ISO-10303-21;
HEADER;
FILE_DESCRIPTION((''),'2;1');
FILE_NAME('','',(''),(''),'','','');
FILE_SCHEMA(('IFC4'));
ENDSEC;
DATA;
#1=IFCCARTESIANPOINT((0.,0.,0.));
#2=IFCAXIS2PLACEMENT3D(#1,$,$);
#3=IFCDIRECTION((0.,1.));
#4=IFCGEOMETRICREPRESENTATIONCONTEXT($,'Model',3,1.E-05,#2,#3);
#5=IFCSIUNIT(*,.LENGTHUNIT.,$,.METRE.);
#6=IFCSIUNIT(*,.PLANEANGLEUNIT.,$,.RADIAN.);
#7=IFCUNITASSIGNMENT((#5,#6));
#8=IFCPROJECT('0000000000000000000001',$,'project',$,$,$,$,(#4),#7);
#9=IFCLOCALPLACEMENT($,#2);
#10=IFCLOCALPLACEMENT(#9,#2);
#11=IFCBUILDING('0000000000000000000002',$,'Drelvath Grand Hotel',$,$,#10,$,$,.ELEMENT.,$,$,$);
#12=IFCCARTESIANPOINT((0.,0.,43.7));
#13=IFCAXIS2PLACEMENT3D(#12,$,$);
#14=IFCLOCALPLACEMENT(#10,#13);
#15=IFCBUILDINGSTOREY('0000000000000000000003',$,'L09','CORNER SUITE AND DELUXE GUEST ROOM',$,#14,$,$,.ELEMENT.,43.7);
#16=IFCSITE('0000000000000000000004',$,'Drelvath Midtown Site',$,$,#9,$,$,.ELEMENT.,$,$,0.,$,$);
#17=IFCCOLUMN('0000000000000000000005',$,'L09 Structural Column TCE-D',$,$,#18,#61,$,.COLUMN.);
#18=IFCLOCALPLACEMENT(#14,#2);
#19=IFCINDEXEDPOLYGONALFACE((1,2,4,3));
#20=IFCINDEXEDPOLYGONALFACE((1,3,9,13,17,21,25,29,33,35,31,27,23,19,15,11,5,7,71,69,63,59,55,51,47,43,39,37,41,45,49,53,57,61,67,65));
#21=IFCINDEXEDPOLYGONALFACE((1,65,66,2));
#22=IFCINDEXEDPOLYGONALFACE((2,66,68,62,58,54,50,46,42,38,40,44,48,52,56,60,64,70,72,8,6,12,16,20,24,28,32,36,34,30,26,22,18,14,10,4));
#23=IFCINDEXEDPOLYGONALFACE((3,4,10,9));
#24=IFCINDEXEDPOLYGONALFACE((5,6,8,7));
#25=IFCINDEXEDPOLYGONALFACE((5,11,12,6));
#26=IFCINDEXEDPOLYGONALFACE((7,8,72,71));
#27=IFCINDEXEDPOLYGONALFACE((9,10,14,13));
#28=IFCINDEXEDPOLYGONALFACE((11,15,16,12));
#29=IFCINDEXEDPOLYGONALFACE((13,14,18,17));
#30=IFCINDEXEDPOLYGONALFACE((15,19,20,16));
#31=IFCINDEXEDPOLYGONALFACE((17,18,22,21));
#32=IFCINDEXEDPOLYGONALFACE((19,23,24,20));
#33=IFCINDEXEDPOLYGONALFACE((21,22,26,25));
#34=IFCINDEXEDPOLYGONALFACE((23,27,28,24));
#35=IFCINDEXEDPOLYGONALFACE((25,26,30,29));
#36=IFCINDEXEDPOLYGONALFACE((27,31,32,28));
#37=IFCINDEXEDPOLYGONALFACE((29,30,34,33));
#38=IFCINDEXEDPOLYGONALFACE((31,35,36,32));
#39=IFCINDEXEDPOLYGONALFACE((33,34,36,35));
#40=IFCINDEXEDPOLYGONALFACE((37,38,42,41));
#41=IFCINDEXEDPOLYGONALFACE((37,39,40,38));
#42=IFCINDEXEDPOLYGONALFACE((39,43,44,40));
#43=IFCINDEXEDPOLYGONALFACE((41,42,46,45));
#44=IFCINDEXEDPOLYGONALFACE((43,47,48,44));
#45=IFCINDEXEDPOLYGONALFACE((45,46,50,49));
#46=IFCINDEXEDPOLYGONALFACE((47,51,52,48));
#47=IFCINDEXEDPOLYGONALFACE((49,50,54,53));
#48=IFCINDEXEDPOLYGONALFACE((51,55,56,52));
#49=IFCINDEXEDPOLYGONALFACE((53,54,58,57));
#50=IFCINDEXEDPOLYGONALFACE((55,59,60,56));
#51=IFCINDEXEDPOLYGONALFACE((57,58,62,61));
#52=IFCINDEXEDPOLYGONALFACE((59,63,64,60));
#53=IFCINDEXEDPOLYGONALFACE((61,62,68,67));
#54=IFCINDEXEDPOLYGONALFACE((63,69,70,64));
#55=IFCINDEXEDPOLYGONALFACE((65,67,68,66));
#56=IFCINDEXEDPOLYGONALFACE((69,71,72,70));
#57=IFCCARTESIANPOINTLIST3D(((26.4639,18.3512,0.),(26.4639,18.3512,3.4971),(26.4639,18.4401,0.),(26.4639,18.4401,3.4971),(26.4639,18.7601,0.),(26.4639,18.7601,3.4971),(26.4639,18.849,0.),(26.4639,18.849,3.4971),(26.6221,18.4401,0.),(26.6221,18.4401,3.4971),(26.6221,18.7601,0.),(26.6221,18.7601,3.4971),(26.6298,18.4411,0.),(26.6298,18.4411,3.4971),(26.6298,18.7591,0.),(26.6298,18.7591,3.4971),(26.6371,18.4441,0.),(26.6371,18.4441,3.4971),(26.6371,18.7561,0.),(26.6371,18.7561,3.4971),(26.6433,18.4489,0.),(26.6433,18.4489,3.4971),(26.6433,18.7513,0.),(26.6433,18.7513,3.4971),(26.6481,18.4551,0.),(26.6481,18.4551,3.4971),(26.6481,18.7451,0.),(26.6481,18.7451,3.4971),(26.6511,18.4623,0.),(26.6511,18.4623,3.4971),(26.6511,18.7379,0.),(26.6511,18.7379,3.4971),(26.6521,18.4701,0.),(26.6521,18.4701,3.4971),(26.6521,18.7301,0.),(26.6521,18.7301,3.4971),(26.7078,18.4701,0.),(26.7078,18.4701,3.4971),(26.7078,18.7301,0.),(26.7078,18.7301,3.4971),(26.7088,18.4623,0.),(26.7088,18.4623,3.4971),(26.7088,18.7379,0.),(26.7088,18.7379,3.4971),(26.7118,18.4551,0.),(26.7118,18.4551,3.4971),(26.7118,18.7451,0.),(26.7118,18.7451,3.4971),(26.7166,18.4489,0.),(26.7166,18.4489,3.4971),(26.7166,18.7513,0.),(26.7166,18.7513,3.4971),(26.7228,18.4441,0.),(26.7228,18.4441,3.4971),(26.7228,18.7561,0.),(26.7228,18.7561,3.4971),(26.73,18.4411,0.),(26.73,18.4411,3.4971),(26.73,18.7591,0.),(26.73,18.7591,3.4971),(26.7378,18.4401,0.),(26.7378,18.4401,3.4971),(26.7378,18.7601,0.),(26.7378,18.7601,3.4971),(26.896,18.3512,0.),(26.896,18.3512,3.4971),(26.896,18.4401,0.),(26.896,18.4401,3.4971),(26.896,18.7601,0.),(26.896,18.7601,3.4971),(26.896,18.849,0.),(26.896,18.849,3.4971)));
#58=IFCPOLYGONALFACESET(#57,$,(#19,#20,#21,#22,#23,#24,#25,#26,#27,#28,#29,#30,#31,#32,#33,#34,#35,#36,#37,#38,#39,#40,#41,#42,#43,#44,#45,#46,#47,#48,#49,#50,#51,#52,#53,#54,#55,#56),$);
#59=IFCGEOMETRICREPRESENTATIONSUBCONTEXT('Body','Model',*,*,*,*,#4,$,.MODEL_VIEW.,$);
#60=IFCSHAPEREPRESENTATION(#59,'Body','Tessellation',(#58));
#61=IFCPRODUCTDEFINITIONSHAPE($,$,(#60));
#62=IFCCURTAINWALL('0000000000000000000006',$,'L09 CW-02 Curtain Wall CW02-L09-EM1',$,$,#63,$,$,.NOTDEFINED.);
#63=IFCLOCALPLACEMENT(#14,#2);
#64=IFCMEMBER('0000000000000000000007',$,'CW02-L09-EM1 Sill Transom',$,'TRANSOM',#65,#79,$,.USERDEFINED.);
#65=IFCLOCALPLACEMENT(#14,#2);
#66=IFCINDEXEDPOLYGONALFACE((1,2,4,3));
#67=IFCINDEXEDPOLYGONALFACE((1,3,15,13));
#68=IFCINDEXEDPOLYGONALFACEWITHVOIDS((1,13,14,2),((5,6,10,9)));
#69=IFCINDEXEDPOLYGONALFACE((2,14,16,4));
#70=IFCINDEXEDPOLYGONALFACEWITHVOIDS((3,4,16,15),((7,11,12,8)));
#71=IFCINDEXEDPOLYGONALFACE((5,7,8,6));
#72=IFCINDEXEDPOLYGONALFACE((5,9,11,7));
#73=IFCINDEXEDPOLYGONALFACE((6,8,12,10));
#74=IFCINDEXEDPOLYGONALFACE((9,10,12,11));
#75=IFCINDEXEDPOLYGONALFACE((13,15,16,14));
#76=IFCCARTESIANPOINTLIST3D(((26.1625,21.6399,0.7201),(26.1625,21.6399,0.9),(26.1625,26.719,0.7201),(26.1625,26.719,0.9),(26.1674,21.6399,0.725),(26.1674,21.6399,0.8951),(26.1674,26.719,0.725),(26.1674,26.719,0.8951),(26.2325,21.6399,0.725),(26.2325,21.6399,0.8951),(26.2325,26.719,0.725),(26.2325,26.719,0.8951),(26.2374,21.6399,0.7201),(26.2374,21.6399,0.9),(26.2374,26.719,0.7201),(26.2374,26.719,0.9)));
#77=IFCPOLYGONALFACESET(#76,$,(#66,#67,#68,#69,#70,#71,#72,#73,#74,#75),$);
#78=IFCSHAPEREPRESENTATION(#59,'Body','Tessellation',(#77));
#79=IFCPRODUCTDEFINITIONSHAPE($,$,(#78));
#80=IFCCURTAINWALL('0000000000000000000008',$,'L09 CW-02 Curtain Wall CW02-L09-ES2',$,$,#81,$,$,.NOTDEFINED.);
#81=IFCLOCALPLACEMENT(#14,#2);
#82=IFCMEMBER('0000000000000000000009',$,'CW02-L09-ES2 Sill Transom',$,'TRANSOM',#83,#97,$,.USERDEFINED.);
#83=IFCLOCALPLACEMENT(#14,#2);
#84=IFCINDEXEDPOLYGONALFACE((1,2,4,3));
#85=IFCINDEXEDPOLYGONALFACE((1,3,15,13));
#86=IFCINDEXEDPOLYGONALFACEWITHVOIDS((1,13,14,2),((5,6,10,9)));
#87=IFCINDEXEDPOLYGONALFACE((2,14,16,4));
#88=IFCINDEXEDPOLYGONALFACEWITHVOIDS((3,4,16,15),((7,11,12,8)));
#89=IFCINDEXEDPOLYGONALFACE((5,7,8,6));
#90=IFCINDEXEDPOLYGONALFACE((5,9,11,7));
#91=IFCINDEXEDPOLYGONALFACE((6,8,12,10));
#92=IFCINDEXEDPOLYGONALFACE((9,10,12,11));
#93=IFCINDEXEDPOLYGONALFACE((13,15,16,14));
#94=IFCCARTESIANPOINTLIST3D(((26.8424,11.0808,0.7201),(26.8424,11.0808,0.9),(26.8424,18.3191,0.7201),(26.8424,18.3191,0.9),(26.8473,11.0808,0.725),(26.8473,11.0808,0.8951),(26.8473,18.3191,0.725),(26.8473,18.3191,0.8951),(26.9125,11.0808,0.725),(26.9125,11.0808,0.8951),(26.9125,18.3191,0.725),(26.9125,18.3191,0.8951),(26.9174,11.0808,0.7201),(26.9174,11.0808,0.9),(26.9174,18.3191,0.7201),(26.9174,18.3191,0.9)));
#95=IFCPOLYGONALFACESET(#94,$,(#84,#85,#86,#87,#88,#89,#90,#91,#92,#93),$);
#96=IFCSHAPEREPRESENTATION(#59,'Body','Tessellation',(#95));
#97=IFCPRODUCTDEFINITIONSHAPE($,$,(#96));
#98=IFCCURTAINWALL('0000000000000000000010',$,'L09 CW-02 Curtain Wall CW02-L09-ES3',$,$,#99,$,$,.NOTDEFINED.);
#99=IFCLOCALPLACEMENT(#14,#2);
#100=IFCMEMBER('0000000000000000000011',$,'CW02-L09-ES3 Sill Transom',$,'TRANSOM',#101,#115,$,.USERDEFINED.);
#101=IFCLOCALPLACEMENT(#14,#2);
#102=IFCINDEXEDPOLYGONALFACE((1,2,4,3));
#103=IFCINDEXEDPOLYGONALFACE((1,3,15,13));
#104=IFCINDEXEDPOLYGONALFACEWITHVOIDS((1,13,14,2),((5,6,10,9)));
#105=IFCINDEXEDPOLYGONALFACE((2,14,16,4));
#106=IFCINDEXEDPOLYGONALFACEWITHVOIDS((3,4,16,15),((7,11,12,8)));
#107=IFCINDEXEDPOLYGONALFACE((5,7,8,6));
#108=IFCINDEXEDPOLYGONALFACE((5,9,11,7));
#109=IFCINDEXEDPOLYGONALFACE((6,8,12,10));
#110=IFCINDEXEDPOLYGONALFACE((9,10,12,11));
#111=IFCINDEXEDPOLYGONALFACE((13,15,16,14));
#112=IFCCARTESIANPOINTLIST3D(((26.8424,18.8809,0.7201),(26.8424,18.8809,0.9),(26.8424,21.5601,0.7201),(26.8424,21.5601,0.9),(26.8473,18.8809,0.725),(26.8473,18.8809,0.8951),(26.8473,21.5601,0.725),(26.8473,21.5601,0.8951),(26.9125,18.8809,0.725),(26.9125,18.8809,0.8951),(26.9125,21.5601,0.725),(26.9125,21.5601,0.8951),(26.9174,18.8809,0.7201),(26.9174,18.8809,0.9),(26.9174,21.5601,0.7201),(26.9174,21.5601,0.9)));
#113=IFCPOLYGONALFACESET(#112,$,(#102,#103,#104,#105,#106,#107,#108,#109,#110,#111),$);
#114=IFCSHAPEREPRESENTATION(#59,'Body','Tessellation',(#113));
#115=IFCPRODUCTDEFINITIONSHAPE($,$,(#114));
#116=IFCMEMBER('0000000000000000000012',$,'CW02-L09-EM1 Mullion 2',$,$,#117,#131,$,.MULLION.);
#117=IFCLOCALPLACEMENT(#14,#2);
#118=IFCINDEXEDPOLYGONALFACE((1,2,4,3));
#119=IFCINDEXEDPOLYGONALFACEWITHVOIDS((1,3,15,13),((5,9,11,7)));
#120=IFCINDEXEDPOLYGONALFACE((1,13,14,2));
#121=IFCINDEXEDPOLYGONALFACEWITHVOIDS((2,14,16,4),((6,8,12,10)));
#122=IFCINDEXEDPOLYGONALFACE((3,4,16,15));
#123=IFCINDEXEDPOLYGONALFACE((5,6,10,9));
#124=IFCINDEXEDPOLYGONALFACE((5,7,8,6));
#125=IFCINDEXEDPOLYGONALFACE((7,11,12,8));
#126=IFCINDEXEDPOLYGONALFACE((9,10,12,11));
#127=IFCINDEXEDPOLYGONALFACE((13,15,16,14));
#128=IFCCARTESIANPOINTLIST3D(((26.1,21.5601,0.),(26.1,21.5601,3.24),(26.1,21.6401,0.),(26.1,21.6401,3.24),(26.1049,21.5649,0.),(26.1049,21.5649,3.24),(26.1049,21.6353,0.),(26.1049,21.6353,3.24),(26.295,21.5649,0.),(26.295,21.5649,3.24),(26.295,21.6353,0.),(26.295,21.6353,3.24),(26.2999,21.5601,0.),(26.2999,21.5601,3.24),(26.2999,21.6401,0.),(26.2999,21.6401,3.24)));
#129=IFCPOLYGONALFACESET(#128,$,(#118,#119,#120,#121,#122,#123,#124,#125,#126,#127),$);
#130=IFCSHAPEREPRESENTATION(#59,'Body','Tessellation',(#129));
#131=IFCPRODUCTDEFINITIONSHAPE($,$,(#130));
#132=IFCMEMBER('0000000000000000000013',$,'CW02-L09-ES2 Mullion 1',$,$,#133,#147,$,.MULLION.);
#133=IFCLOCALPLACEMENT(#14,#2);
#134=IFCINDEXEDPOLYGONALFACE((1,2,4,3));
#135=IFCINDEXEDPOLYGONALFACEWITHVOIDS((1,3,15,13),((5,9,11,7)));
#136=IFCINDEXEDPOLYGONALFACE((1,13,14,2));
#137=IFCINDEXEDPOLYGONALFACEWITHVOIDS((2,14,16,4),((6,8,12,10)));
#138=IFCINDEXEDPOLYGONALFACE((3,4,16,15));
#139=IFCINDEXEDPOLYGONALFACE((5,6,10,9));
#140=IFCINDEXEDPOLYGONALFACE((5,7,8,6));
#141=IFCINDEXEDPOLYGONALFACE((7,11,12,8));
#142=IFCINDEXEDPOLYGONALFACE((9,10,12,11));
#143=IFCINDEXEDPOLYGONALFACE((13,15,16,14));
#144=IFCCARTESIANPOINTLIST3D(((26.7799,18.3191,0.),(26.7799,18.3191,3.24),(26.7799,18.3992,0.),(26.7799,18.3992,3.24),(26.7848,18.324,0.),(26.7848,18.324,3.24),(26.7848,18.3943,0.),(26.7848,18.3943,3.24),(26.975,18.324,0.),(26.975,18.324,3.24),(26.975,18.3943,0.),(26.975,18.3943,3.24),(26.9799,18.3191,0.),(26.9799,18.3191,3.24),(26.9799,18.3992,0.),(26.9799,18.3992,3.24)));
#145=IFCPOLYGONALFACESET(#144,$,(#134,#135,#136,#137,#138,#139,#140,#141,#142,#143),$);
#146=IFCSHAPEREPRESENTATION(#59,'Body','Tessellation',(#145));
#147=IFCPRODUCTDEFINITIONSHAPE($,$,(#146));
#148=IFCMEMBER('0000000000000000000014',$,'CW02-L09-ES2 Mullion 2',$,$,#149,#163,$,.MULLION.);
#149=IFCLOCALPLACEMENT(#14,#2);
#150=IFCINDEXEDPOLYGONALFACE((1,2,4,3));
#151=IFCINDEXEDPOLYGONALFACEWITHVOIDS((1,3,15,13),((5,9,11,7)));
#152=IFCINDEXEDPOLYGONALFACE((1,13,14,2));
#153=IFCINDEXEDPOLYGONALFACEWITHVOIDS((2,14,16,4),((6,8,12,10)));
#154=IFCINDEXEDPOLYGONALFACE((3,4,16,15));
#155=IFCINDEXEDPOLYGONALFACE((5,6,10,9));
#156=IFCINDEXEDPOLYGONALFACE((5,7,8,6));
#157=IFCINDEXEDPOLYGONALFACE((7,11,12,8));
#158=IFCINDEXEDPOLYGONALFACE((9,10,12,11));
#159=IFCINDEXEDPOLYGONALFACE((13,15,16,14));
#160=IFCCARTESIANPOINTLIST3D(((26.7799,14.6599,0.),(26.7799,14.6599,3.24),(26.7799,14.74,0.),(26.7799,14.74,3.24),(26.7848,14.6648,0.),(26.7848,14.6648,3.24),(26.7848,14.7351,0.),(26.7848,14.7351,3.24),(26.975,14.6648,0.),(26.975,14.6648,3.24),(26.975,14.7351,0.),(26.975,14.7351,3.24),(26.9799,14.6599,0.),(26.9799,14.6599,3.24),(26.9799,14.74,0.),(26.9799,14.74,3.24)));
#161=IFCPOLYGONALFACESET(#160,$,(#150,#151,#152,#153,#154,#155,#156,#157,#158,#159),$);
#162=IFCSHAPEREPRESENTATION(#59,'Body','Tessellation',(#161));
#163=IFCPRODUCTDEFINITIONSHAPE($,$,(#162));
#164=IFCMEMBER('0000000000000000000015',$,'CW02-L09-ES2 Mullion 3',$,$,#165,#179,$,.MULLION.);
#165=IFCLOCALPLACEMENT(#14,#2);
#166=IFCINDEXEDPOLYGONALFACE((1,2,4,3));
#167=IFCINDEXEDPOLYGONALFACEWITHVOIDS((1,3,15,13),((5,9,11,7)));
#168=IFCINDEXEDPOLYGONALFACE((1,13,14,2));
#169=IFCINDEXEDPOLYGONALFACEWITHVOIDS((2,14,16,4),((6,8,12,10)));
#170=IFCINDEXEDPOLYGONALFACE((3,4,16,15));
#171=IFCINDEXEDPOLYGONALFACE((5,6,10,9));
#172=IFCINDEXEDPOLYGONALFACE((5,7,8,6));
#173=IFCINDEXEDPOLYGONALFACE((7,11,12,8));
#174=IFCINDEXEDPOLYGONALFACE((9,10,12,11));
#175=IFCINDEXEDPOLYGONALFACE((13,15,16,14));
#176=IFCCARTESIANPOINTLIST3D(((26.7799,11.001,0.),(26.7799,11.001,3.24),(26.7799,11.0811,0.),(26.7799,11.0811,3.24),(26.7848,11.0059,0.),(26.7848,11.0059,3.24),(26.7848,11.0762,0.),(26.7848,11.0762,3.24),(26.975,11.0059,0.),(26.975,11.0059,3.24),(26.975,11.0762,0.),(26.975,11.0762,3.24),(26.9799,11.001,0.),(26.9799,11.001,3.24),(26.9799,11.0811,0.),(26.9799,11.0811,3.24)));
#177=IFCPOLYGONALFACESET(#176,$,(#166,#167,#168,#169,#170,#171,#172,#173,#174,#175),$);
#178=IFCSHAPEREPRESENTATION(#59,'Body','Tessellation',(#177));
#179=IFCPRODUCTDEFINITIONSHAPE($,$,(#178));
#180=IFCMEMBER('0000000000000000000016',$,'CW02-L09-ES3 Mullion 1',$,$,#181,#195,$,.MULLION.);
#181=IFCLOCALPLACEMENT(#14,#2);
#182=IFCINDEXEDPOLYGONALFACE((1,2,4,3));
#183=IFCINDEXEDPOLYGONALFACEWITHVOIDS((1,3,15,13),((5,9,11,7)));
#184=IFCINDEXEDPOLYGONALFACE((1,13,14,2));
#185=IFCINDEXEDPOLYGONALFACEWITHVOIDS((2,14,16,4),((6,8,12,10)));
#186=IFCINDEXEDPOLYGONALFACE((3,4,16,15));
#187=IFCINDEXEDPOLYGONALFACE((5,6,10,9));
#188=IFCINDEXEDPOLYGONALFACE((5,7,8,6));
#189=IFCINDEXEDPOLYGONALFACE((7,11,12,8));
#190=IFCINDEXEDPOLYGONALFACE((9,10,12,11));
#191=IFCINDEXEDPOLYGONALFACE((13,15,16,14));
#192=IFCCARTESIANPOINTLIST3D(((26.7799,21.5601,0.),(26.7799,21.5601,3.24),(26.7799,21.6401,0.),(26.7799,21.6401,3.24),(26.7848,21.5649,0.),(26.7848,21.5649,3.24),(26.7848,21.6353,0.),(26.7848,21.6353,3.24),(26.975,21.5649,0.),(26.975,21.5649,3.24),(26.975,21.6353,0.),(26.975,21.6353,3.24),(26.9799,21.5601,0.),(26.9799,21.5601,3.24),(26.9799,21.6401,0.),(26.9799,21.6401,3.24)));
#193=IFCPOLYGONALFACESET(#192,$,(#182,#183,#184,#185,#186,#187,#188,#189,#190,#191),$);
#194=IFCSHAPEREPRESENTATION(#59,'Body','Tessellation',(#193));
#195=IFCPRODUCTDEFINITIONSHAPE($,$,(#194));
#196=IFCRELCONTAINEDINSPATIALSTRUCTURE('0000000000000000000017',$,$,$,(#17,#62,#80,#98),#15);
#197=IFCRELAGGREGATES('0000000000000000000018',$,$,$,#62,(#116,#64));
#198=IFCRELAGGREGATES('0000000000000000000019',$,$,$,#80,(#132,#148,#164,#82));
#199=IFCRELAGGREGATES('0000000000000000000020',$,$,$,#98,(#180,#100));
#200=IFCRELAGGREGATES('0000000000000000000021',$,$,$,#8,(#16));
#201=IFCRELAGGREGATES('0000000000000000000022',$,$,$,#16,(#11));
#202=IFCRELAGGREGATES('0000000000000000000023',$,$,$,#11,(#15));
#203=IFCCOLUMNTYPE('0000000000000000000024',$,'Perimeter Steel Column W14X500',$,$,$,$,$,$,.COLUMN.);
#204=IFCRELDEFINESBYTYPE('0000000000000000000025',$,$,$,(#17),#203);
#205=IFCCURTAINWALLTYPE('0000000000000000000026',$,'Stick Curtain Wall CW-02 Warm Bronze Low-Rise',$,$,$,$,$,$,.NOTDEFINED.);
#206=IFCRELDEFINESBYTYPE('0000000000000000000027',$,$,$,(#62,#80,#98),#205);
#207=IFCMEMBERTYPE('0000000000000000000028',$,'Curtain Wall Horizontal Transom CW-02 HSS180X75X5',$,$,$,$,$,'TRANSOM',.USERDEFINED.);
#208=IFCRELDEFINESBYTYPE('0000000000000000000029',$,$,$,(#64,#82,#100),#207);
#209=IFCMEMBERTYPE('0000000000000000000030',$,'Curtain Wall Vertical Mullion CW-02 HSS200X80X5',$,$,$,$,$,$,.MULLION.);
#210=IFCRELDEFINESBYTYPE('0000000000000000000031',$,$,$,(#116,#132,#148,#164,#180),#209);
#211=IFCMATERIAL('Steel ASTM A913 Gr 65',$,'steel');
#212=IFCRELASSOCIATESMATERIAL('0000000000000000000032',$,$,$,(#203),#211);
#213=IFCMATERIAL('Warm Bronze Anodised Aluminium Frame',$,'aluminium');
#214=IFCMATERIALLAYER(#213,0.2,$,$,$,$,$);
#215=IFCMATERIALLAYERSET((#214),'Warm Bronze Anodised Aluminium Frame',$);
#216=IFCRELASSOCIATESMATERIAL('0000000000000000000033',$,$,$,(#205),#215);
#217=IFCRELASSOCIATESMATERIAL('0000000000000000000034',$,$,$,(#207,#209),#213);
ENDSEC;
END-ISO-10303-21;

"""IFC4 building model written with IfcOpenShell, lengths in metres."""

from ifc_helpers import new_model, si_unit, direction, frame, origin, origin_2d, place, context, subcontext, project, spatial, hollow_rectangle, i_section, extrude, material, layer, layer_set, material_profile, profile_set, type_object, element, aggregate, save


model = new_model("IFC4")

# Units and contexts
model_context = context("Model", 3, precision=1e-05, world=origin(), true_north=direction((0.0, 1.0)))
body_context = subcontext(model_context, "Body", "Model", "MODEL_VIEW")
ifc_project = project(units=[si_unit("LENGTHUNIT", "METRE"), si_unit("PLANEANGLEUNIT", "RADIAN")], contexts=[model_context])

# Site, building, storey
site_placement = place(None, origin())
site = spatial("IfcSite", under=ifc_project, at=site_placement, Name="Drelvath Midtown Site", CompositionType="ELEMENT", RefElevation=0.0)
building_placement = place(site_placement, origin())
building = spatial("IfcBuilding", under=site, at=building_placement, Name="Drelvath Grand Hotel", CompositionType="ELEMENT")
storey_placement = place(building_placement, frame((0.0, 0.0, 43.7)))
storey = spatial("IfcBuildingStorey", under=building, at=storey_placement, Name="L09", Description="CORNER SUITE AND DELUXE GUEST ROOM", CompositionType="ELEMENT", Elevation=43.7)

# Column
ifc_material_1 = material(Name="Steel ASTM A913 Gr 65", Category="steel")
ifc_material_profile_1 = material_profile(ifc_material_1, i_section(OverallWidth=0.4321, OverallDepth=0.4978, WebThickness=0.0557, FlangeThickness=0.0889, FilletRadius=0.03, at=origin_2d()), Name="W14X500")
ifc_profile_set_1 = profile_set([ifc_material_profile_1], Name="Steel ASTM A913 Gr 65")
column_type = type_object("IfcColumnType", Name="Perimeter Steel Column W14X500", PredefinedType="COLUMN", material=ifc_profile_set_1)
column_placement = place(storey_placement, frame((26.6799, 18.6001, 0.0), z_axis=(0.0, 0.0, 1.0), x_axis=(1.0, 0.0, 0.0)))
element("IfcColumn", 1, at=column_placement, inside=storey, type_object=column_type, Name="L09 Structural Column TCE-D", PredefinedType="COLUMN", context=body_context, shape_type="SweptSolid", body=[
    extrude(i_section(OverallWidth=0.4321, OverallDepth=0.4978, WebThickness=0.0557, FlangeThickness=0.0889, FilletRadius=0.03, at=origin_2d()), origin(), (0.0, 0.0, 1.0), 3.4971),
])

# Curtain walls, members
ifc_material_2 = material(Name="Warm Bronze Anodised Aluminium Frame", Category="aluminium")
ifc_layer_1 = layer(ifc_material_2, 0.2)
ifc_layer_set_1 = layer_set([ifc_layer_1], Name="Warm Bronze Anodised Aluminium Frame")
curtain_wall_type = type_object("IfcCurtainWallType", Name="Stick Curtain Wall CW-02 Warm Bronze Low-Rise", PredefinedType="NOTDEFINED", material=ifc_layer_set_1)
curtain_wall_1_placement = place(storey_placement, origin())
curtain_wall_1 = element("IfcCurtainWall", 2, at=curtain_wall_1_placement, inside=storey, type_object=curtain_wall_type, Name="L09 CW-02 Curtain Wall CW02-L09-EM1", PredefinedType="NOTDEFINED")
ifc_material_profile_2 = material_profile(ifc_material_2, hollow_rectangle(XDim=0.075, YDim=0.1799, WallThickness=0.0049, at=origin_2d()), Name="HSS180X75X5")
ifc_profile_set_2 = profile_set([ifc_material_profile_2], Name="Warm Bronze Anodised Aluminium Frame")
member_type_1 = type_object("IfcMemberType", Name="Curtain Wall Horizontal Transom CW-02 HSS180X75X5", ElementType="TRANSOM", PredefinedType="USERDEFINED", material=ifc_profile_set_2)
member_1_placement = place(storey_placement, frame((26.2, 26.719, 0.8101), z_axis=(0.0, -1.0, 0.0), x_axis=(1.0, 0.0, 0.0)))
member_1 = element("IfcMember", 3, at=member_1_placement, type_object=member_type_1, Name="CW02-L09-EM1 Sill Transom", ObjectType="TRANSOM", PredefinedType="USERDEFINED", context=body_context, shape_type="SweptSolid", body=[
    extrude(hollow_rectangle(XDim=0.075, YDim=0.1799, WallThickness=0.0049, at=origin_2d()), origin(), (0.0, 0.0, 1.0), 5.0791),
])
curtain_wall_2_placement = place(storey_placement, origin())
curtain_wall_2 = element("IfcCurtainWall", 4, at=curtain_wall_2_placement, inside=storey, type_object=curtain_wall_type, Name="L09 CW-02 Curtain Wall CW02-L09-ES2", PredefinedType="NOTDEFINED")
member_2_placement = place(storey_placement, frame((26.8799, 18.3191, 0.8101), z_axis=(0.0, -1.0, 0.0), x_axis=(1.0, 0.0, 0.0)))
member_2 = element("IfcMember", 5, at=member_2_placement, type_object=member_type_1, Name="CW02-L09-ES2 Sill Transom", ObjectType="TRANSOM", PredefinedType="USERDEFINED", context=body_context, shape_type="SweptSolid", body=[
    extrude(hollow_rectangle(XDim=0.075, YDim=0.1799, WallThickness=0.0049, at=origin_2d()), origin(), (0.0, 0.0, 1.0), 7.2383),
])
curtain_wall_3_placement = place(storey_placement, origin())
curtain_wall_3 = element("IfcCurtainWall", 6, at=curtain_wall_3_placement, inside=storey, type_object=curtain_wall_type, Name="L09 CW-02 Curtain Wall CW02-L09-ES3", PredefinedType="NOTDEFINED")
member_3_placement = place(storey_placement, frame((26.8799, 21.5601, 0.8101), z_axis=(0.0, -1.0, 0.0), x_axis=(1.0, 0.0, 0.0)))
member_3 = element("IfcMember", 7, at=member_3_placement, type_object=member_type_1, Name="CW02-L09-ES3 Sill Transom", ObjectType="TRANSOM", PredefinedType="USERDEFINED", context=body_context, shape_type="SweptSolid", body=[
    extrude(hollow_rectangle(XDim=0.075, YDim=0.1799, WallThickness=0.0049, at=origin_2d()), origin(), (0.0, 0.0, 1.0), 2.6792),
])

# Members
ifc_material_profile_3 = material_profile(ifc_material_2, hollow_rectangle(XDim=0.0801, YDim=0.2, WallThickness=0.0049, at=origin_2d()), Name="HSS200X80X5")
ifc_profile_set_3 = profile_set([ifc_material_profile_3], Name="Warm Bronze Anodised Aluminium Frame")
member_type_2 = type_object("IfcMemberType", Name="Curtain Wall Vertical Mullion CW-02 HSS200X80X5", PredefinedType="MULLION", material=ifc_profile_set_3)
member_4_placement = place(storey_placement, frame((26.2, 21.6001, 0.0), z_axis=(0.0, 0.0, 1.0), x_axis=(0.0, 1.0, 0.0)))
member_4 = element("IfcMember", 8, at=member_4_placement, type_object=member_type_2, Name="CW02-L09-EM1 Mullion 2", PredefinedType="MULLION", context=body_context, shape_type="SweptSolid", body=[
    extrude(hollow_rectangle(XDim=0.0801, YDim=0.2, WallThickness=0.0049, at=origin_2d()), origin(), (0.0, 0.0, 1.0), 3.24),
])
member_5_placement = place(storey_placement, frame((26.8799, 18.3591, 0.0), z_axis=(0.0, 0.0, 1.0), x_axis=(0.0, 1.0, 0.0)))
member_5 = element("IfcMember", 9, at=member_5_placement, type_object=member_type_2, Name="CW02-L09-ES2 Mullion 1", PredefinedType="MULLION", context=body_context, shape_type="SweptSolid", body=[
    extrude(hollow_rectangle(XDim=0.0801, YDim=0.2, WallThickness=0.0049, at=origin_2d()), origin(), (0.0, 0.0, 1.0), 3.24),
])
member_6_placement = place(storey_placement, frame((26.8799, 14.7, 0.0), z_axis=(0.0, 0.0, 1.0), x_axis=(0.0, 1.0, 0.0)))
member_6 = element("IfcMember", 10, at=member_6_placement, type_object=member_type_2, Name="CW02-L09-ES2 Mullion 2", PredefinedType="MULLION", context=body_context, shape_type="SweptSolid", body=[
    extrude(hollow_rectangle(XDim=0.0801, YDim=0.2, WallThickness=0.0049, at=origin_2d()), origin(), (0.0, 0.0, 1.0), 3.24),
])
member_7_placement = place(storey_placement, frame((26.8799, 11.041, 0.0), z_axis=(0.0, 0.0, 1.0), x_axis=(0.0, 1.0, 0.0)))
member_7 = element("IfcMember", 11, at=member_7_placement, type_object=member_type_2, Name="CW02-L09-ES2 Mullion 3", PredefinedType="MULLION", context=body_context, shape_type="SweptSolid", body=[
    extrude(hollow_rectangle(XDim=0.0801, YDim=0.2, WallThickness=0.0049, at=origin_2d()), origin(), (0.0, 0.0, 1.0), 3.24),
])
member_8_placement = place(storey_placement, frame((26.8799, 21.6001, 0.0), z_axis=(0.0, 0.0, 1.0), x_axis=(0.0, 1.0, 0.0)))
member_8 = element("IfcMember", 12, at=member_8_placement, type_object=member_type_2, Name="CW02-L09-ES3 Mullion 1", PredefinedType="MULLION", context=body_context, shape_type="SweptSolid", body=[
    extrude(hollow_rectangle(XDim=0.0801, YDim=0.2, WallThickness=0.0049, at=origin_2d()), origin(), (0.0, 0.0, 1.0), 3.24),
])

aggregate(curtain_wall_1, [member_4, member_1])
aggregate(curtain_wall_2, [member_5, member_6, member_7, member_2])
aggregate(curtain_wall_3, [member_8, member_3])

save(model, "model.ifc")
